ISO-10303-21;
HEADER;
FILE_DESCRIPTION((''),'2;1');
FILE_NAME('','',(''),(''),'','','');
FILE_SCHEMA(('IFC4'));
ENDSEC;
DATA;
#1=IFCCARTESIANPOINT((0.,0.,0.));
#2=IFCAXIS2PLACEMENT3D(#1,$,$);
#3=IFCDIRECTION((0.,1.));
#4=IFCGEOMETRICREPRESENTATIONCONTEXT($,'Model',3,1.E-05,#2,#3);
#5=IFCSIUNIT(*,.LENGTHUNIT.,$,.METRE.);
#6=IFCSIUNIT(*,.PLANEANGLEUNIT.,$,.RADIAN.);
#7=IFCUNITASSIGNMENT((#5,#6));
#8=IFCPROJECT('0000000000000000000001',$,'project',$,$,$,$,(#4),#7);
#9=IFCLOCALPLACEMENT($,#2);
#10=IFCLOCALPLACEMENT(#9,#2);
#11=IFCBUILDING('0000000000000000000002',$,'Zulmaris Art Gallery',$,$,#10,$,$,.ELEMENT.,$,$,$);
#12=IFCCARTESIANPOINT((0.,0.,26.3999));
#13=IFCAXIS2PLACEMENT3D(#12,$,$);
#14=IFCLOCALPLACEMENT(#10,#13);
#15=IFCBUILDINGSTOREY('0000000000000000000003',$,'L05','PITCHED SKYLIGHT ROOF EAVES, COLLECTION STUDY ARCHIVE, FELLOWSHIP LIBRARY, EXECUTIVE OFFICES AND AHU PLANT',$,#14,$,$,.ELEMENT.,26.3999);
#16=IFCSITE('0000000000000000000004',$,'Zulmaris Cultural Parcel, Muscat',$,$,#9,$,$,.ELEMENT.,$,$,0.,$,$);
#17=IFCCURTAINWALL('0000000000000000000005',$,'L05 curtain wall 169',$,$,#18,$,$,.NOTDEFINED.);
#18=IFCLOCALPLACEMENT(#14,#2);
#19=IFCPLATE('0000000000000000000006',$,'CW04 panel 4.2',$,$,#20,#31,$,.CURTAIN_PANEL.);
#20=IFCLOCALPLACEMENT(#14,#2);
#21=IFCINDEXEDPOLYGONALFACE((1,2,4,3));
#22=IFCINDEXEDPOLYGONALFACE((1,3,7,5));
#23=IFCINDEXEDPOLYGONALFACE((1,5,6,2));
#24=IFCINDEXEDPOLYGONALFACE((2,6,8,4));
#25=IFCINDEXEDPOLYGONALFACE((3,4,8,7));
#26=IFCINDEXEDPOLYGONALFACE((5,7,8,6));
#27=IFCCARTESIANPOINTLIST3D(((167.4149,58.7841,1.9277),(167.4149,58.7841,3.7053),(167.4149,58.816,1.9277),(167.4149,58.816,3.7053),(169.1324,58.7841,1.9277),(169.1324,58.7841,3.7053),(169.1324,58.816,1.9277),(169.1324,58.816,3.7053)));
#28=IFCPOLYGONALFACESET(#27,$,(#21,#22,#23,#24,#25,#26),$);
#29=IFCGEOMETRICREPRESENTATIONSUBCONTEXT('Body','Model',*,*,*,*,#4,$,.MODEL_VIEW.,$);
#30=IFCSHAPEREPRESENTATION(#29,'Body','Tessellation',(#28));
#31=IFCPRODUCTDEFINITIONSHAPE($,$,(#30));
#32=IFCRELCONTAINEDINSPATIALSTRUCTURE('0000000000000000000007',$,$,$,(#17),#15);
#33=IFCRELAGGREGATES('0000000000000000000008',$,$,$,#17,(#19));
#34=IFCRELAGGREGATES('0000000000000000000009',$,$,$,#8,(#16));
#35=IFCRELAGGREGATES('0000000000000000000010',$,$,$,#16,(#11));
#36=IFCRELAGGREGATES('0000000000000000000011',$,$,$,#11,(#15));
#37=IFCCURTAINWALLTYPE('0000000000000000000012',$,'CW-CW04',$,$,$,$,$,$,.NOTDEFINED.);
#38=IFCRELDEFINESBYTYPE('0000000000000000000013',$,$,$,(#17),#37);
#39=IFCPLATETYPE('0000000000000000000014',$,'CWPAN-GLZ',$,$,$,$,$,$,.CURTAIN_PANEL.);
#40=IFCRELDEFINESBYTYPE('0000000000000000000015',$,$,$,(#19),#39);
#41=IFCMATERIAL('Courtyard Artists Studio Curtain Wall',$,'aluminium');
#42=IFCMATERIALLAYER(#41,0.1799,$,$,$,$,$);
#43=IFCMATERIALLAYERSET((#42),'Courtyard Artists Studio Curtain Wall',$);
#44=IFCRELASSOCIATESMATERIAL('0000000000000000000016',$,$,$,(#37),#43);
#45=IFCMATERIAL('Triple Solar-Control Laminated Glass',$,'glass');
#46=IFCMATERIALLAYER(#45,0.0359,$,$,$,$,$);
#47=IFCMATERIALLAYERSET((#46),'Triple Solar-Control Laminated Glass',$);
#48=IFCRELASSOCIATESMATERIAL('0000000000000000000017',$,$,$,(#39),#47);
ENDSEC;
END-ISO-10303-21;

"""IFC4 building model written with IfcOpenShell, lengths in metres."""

from ifc_helpers import new_model, si_unit, direction, frame, origin, origin_2d, place, context, subcontext, project, spatial, rectangle, extrude, material, layer, layer_set, type_object, element, aggregate, save


model = new_model("IFC4")

# Units and contexts
model_context = context("Model", 3, precision=1e-05, world=origin(), true_north=direction((0.0, 1.0)))
body_context = subcontext(model_context, "Body", "Model", "MODEL_VIEW")
ifc_project = project(units=[si_unit("LENGTHUNIT", "METRE"), si_unit("PLANEANGLEUNIT", "RADIAN")], contexts=[model_context])

# Site, building, storey
site_placement = place(None, origin())
site = spatial("IfcSite", under=ifc_project, at=site_placement, Name="Zulmaris Cultural Parcel, Muscat", CompositionType="ELEMENT", RefElevation=0.0)
building_placement = place(site_placement, origin())
building = spatial("IfcBuilding", under=site, at=building_placement, Name="Zulmaris Art Gallery", CompositionType="ELEMENT")
storey_placement = place(building_placement, frame((0.0, 0.0, 26.3999)))
storey = spatial("IfcBuildingStorey", under=building, at=storey_placement, Name="L05", Description="PITCHED SKYLIGHT ROOF EAVES, COLLECTION STUDY ARCHIVE, FELLOWSHIP LIBRARY, EXECUTIVE OFFICES AND AHU PLANT", CompositionType="ELEMENT", Elevation=26.3999)

# Curtain wall
ifc_material_1 = material(Name="Courtyard Artists Studio Curtain Wall", Category="aluminium")
ifc_layer_1 = layer(ifc_material_1, 0.1799)
ifc_layer_set_1 = layer_set([ifc_layer_1], Name="Courtyard Artists Studio Curtain Wall")
curtain_wall_type = type_object("IfcCurtainWallType", Name="CW-CW04", PredefinedType="NOTDEFINED", material=ifc_layer_set_1)
curtain_wall_1_placement = place(storey_placement, origin())
curtain_wall_1 = element("IfcCurtainWall", 1, at=curtain_wall_1_placement, inside=storey, type_object=curtain_wall_type, Name="L05 curtain wall 169", PredefinedType="NOTDEFINED")

# Plate
ifc_material_2 = material(Name="Triple Solar-Control Laminated Glass", Category="glass")
ifc_layer_2 = layer(ifc_material_2, 0.0359)
ifc_layer_set_2 = layer_set([ifc_layer_2], Name="Triple Solar-Control Laminated Glass")
plate_type = type_object("IfcPlateType", Name="CWPAN-GLZ", PredefinedType="CURTAIN_PANEL", material=ifc_layer_set_2)
plate_1_placement = place(storey_placement, frame((168.2737, 58.8, 1.9277), z_axis=(0.0, 0.0, 1.0), x_axis=(-1.0, 0.0, 0.0)))
plate_1 = element("IfcPlate", 2, at=plate_1_placement, type_object=plate_type, Name="CW04 panel 4.2", PredefinedType="CURTAIN_PANEL", context=body_context, shape_type="SweptSolid", body=[
    extrude(rectangle(XDim=1.7175, YDim=0.032, at=origin_2d()), origin(), (0.0, 0.0, 1.0), 1.7776),
])
aggregate(curtain_wall_1, [plate_1])

save(model, "model.ifc")
